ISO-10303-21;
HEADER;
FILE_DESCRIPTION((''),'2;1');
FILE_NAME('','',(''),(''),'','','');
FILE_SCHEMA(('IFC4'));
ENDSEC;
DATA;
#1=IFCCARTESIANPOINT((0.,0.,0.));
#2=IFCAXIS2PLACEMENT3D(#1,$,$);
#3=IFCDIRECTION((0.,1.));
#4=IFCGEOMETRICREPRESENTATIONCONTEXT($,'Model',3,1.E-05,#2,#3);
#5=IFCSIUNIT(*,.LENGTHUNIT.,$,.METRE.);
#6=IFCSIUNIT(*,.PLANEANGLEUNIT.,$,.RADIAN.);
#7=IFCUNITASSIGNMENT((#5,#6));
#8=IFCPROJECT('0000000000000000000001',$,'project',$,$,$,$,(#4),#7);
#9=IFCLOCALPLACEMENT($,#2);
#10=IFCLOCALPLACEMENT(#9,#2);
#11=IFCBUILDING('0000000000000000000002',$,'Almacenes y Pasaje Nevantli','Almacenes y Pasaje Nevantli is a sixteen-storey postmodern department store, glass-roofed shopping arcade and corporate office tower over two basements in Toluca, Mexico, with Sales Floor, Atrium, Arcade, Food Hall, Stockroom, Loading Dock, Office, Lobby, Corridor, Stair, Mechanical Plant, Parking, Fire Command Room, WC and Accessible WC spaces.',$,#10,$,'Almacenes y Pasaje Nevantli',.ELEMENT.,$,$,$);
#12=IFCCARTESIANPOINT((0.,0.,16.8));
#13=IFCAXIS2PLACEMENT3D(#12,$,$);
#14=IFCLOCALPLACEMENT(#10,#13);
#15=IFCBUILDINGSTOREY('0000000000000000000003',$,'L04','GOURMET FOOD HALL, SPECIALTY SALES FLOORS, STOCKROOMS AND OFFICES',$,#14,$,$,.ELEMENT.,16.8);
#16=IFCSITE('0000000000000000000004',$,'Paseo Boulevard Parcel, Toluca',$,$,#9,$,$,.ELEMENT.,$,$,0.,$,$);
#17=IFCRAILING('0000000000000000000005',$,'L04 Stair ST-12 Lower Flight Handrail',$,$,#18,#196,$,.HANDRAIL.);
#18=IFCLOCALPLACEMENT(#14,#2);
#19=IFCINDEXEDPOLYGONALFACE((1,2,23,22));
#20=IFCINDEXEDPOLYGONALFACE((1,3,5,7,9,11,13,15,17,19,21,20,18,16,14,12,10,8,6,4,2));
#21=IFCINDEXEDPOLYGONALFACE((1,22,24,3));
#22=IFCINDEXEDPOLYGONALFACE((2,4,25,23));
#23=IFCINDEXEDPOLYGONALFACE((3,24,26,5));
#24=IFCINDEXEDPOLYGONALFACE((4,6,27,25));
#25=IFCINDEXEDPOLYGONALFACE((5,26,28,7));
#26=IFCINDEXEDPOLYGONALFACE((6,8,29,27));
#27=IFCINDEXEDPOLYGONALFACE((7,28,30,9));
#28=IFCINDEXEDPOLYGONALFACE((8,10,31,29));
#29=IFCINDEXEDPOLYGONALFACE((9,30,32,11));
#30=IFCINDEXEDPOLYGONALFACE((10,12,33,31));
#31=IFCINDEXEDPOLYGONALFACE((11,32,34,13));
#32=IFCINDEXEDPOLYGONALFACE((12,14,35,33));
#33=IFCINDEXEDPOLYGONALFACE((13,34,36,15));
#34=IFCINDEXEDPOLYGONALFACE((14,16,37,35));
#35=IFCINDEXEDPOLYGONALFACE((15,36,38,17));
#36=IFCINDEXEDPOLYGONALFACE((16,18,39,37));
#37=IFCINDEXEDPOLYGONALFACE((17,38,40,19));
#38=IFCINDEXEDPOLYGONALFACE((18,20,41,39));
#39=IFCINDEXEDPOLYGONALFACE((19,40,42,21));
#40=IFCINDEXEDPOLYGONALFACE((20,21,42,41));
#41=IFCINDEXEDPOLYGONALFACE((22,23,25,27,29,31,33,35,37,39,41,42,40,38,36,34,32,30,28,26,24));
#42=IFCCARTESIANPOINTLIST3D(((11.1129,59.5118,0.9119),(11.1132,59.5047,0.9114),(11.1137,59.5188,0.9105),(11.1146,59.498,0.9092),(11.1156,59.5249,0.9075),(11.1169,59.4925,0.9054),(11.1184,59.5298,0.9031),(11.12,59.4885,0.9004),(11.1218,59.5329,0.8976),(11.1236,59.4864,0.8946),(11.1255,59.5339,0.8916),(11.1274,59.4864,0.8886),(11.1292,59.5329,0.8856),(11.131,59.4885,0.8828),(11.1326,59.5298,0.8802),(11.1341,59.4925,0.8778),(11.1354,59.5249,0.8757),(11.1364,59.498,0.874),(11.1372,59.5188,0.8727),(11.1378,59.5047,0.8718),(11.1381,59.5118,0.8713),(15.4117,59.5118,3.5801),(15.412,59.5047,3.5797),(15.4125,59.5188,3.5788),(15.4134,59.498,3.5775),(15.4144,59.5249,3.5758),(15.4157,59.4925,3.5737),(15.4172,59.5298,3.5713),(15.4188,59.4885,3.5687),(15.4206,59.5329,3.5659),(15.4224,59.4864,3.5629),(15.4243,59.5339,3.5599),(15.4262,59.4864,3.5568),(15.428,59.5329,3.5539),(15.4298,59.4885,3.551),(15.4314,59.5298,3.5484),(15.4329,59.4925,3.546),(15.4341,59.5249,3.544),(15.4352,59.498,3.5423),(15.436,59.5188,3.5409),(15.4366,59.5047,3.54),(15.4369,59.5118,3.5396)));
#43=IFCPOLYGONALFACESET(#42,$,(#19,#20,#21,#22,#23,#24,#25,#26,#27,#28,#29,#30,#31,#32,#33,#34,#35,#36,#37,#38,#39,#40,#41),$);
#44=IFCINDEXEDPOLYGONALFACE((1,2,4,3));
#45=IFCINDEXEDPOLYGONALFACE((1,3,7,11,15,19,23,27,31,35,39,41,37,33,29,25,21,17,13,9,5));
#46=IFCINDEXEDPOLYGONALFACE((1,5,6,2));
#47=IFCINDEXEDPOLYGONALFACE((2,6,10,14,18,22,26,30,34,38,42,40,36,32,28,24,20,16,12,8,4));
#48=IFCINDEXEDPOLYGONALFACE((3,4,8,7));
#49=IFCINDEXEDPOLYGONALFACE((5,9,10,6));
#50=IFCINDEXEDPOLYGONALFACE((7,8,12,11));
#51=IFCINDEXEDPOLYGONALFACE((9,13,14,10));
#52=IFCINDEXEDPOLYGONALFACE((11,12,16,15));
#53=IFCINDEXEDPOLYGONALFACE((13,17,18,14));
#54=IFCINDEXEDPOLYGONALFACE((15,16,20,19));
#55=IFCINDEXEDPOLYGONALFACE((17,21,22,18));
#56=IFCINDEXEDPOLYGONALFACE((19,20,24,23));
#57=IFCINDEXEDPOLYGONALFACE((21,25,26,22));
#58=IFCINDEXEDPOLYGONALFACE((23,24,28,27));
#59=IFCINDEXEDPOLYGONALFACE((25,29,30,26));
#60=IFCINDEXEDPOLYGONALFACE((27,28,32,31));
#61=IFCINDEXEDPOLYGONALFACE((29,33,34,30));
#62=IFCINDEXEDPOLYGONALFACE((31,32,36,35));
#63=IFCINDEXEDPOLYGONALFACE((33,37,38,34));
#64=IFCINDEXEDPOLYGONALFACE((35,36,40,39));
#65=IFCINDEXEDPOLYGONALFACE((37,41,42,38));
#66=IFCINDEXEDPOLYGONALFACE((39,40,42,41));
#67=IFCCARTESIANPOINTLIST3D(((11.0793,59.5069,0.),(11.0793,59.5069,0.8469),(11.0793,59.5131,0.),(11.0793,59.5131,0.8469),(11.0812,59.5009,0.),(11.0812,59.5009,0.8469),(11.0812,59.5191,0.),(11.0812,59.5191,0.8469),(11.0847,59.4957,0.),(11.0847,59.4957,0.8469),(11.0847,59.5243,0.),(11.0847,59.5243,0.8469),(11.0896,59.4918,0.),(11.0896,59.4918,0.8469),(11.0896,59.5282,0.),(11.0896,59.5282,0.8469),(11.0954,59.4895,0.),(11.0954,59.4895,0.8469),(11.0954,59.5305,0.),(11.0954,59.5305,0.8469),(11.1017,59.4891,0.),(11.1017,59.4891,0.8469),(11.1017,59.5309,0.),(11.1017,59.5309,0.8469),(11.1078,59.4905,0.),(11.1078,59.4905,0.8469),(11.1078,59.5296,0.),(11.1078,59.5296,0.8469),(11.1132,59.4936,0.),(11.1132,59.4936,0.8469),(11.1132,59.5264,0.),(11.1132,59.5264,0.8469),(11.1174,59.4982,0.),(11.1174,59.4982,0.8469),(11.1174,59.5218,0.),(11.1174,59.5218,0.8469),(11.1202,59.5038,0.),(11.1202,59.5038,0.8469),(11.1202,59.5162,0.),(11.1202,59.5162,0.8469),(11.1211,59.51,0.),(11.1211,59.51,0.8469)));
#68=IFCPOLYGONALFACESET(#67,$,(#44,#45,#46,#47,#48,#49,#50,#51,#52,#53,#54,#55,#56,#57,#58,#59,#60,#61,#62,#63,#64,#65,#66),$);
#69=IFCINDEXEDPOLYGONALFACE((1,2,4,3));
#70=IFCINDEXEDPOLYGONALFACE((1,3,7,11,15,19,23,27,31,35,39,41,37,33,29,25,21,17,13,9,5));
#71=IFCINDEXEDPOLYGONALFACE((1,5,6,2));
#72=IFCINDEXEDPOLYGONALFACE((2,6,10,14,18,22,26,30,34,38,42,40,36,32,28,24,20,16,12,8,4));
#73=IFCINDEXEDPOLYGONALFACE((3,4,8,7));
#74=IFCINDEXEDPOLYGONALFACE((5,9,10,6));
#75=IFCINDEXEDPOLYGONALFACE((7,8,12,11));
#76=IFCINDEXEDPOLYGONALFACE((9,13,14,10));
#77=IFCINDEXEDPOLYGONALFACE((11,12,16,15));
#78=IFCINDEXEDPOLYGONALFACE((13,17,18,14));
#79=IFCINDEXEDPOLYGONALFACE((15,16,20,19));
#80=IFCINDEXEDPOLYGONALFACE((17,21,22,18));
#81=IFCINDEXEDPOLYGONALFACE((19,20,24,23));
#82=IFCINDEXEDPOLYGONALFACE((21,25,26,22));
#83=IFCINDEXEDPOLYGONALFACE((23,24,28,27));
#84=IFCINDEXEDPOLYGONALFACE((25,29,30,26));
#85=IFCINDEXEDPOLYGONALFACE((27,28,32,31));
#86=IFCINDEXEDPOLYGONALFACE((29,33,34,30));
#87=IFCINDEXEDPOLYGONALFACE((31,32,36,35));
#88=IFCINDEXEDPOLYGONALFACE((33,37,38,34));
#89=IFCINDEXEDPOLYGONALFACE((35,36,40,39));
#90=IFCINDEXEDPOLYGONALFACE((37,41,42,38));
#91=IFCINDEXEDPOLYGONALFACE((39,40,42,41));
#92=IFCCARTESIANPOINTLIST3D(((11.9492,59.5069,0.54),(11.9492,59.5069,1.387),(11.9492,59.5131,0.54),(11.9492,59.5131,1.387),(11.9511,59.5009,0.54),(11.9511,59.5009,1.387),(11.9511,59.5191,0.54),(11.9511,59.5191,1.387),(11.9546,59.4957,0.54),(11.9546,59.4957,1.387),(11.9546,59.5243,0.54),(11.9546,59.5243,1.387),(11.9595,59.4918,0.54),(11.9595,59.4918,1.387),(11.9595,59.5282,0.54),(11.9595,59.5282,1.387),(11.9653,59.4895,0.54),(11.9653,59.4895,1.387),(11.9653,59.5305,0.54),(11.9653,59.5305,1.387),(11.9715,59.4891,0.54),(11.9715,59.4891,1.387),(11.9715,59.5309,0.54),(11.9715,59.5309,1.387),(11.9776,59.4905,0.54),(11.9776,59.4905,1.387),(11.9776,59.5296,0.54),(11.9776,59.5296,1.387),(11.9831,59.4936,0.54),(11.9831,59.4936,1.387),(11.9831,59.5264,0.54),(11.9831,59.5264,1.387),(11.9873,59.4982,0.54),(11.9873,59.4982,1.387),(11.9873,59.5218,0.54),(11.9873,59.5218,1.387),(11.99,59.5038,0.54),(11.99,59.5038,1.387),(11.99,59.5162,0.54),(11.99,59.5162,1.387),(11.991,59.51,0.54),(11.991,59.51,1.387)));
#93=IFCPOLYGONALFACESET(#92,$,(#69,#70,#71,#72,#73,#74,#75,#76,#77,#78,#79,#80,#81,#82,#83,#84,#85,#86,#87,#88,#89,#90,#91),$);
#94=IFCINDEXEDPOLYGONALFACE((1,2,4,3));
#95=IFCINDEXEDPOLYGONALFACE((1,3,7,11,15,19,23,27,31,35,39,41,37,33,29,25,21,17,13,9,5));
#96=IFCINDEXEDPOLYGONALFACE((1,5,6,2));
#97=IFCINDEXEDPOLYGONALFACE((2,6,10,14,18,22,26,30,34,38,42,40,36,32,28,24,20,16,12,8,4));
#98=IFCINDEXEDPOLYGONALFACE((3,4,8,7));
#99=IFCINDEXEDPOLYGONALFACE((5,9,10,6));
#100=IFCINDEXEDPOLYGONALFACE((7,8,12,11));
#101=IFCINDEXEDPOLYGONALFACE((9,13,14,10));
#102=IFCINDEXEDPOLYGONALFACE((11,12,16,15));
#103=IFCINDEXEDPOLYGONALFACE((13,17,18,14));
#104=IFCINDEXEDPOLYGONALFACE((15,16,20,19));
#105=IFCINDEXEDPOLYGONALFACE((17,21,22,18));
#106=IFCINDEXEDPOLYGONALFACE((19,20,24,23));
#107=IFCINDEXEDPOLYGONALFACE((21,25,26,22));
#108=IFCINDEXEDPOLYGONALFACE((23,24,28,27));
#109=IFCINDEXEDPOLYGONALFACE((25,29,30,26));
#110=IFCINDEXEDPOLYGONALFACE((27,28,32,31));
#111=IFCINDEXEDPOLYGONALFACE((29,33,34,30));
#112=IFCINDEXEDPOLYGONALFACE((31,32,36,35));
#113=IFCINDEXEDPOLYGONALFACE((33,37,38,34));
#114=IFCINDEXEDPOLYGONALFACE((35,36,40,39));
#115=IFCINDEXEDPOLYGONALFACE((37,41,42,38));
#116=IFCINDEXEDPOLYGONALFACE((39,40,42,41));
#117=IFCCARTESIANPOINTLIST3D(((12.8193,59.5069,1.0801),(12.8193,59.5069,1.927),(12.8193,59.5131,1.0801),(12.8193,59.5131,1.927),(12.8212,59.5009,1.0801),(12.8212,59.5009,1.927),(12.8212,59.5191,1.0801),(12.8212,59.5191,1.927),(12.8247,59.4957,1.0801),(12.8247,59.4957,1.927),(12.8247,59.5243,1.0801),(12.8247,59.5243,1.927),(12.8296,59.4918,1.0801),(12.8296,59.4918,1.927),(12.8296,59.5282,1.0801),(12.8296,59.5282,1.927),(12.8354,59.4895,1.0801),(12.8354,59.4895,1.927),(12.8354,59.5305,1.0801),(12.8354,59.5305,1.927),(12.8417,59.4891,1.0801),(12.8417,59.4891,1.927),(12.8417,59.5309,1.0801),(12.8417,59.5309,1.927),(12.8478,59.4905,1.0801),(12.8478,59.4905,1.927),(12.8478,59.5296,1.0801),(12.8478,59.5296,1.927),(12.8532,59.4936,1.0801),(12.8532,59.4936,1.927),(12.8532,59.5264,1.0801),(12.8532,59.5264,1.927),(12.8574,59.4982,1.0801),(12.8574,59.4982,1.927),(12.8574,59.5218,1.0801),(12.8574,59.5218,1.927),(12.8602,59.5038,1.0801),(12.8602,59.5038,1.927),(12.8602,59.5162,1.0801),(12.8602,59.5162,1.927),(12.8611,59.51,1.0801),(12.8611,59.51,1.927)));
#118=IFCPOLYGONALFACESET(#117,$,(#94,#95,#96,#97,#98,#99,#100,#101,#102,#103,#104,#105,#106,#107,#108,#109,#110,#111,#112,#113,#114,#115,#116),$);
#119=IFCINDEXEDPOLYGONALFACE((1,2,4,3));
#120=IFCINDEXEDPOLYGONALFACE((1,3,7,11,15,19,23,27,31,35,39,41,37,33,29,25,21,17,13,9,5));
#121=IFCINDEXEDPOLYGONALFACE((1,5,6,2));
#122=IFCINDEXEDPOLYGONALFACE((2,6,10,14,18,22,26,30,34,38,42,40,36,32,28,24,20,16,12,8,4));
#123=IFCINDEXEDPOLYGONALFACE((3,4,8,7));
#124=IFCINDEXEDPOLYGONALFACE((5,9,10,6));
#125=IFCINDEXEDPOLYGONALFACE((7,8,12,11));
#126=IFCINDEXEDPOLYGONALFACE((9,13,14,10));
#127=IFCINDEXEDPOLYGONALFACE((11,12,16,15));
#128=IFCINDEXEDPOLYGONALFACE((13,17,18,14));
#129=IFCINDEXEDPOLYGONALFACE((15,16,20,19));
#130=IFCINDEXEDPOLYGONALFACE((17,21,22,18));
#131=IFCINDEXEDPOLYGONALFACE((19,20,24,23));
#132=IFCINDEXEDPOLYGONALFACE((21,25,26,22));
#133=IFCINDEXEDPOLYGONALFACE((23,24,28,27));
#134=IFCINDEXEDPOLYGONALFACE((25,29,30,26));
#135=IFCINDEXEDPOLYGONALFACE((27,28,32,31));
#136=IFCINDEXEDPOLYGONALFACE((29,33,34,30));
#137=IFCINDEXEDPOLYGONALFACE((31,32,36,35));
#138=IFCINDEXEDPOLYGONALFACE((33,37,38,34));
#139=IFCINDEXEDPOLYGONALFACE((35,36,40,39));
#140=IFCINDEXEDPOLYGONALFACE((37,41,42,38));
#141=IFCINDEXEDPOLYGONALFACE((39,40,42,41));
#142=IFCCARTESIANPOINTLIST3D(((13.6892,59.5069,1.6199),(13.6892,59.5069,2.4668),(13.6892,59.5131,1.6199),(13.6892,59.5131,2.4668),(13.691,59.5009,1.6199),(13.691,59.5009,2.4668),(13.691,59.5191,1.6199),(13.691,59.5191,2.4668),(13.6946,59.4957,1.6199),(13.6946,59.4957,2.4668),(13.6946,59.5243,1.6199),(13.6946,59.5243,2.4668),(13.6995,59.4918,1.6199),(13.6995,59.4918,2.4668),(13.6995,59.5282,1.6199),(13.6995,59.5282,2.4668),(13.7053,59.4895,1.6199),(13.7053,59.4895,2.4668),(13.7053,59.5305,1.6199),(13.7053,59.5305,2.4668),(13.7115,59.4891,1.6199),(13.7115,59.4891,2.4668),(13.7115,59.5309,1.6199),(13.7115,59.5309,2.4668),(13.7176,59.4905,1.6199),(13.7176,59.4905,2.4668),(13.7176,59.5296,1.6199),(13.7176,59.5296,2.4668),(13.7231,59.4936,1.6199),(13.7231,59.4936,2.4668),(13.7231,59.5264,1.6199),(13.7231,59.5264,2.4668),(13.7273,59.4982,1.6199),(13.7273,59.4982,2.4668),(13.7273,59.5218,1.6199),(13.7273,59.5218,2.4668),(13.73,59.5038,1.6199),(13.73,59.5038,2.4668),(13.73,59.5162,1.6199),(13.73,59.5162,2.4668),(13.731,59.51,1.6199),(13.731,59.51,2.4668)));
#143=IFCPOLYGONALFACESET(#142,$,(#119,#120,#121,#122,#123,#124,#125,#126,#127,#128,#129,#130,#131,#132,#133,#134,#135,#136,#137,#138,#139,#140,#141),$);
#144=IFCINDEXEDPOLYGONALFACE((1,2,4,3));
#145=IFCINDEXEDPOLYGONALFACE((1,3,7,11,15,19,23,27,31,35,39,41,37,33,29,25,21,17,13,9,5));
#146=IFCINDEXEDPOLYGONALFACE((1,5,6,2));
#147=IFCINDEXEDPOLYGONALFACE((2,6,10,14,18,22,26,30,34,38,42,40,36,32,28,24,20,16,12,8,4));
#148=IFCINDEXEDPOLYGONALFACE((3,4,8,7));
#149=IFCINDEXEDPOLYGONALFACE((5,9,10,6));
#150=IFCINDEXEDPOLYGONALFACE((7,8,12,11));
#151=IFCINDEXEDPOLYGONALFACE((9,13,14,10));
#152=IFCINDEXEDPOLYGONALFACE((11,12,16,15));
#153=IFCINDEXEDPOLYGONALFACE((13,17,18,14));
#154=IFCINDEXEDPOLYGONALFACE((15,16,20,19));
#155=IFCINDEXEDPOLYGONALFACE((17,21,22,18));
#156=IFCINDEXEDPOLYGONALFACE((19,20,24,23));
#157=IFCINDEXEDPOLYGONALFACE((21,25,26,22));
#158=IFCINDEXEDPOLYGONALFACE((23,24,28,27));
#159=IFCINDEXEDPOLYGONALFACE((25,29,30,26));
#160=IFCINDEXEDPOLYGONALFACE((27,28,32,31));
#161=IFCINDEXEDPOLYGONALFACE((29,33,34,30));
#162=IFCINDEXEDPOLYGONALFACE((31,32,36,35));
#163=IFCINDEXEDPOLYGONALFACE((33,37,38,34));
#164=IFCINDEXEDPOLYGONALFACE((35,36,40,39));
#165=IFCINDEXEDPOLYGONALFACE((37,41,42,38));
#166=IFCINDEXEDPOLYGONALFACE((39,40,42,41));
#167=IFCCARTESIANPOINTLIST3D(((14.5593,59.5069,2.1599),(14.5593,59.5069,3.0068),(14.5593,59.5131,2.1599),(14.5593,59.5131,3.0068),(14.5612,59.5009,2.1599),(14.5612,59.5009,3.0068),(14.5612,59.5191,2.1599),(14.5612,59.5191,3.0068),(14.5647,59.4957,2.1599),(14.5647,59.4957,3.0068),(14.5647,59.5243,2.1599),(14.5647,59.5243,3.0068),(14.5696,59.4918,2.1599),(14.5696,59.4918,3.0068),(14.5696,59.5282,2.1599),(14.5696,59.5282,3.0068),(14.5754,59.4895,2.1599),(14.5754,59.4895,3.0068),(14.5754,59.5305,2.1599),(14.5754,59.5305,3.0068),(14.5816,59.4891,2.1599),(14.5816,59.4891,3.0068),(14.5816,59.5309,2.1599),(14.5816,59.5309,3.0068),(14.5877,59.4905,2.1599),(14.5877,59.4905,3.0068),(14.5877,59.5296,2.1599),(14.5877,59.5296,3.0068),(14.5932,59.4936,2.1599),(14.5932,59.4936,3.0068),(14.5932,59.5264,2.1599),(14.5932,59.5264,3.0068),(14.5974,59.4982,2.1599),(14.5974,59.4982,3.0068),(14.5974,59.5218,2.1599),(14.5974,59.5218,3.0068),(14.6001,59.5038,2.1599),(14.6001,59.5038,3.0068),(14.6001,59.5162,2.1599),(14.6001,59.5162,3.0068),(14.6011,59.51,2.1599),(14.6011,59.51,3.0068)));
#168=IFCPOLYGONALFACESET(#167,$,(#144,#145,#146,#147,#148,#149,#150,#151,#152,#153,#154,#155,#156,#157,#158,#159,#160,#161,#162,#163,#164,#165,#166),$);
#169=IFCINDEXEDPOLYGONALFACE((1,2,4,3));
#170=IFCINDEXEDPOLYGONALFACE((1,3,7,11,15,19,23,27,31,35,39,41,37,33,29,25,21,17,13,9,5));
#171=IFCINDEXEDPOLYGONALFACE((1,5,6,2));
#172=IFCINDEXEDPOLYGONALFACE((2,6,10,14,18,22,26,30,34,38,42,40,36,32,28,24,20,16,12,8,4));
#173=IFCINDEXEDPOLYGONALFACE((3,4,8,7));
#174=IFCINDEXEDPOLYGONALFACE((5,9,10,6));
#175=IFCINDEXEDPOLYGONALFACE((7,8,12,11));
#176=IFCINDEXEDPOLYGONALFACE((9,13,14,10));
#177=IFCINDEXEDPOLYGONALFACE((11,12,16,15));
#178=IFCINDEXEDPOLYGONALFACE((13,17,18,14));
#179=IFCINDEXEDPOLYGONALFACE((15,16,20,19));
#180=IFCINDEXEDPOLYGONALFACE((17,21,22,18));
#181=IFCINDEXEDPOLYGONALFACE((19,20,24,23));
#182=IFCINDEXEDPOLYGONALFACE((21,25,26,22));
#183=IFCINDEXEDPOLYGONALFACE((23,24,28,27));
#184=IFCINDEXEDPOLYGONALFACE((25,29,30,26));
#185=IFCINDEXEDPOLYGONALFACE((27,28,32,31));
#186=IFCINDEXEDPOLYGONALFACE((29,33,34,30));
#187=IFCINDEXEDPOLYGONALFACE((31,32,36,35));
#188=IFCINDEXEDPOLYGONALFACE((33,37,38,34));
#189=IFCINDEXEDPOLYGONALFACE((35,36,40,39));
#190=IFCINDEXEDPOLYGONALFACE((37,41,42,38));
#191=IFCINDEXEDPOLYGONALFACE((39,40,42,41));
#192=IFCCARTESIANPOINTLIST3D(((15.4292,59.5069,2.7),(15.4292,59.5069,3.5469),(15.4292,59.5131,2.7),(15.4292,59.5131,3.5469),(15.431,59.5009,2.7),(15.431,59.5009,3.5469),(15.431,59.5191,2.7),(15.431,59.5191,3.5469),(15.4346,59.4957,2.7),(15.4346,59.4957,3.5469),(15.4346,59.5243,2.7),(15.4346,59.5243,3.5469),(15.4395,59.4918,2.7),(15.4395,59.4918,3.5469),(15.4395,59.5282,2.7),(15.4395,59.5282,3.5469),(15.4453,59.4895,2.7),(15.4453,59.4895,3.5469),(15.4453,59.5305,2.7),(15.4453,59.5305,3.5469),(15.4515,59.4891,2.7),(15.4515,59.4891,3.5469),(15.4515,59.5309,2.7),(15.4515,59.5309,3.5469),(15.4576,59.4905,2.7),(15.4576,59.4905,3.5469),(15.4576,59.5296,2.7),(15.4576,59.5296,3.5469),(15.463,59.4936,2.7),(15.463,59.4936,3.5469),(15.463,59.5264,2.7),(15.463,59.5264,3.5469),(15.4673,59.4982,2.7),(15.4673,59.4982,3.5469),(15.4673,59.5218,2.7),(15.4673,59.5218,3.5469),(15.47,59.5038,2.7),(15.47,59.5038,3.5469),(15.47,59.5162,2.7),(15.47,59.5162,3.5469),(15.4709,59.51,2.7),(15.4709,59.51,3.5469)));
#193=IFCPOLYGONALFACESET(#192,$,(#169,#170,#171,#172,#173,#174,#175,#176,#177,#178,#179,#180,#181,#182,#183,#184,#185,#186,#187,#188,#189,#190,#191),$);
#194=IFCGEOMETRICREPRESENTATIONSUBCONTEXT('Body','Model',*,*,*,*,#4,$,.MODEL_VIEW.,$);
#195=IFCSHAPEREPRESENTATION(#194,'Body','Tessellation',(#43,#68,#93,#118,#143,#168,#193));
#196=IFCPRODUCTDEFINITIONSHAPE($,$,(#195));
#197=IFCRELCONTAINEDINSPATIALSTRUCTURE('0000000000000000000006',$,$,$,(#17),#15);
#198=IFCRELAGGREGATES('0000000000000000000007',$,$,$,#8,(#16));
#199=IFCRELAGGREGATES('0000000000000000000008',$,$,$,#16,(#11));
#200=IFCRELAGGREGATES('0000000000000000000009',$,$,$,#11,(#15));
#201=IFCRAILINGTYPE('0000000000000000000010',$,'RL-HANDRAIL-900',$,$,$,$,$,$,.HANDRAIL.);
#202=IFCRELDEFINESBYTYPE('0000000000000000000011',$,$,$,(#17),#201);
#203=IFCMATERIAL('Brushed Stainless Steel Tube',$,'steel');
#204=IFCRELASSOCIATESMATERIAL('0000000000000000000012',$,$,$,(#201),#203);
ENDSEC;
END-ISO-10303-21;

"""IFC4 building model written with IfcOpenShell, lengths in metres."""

from ifc_helpers import new_model, si_unit, direction, frame, origin, origin_2d, place, context, subcontext, project, spatial, circle, extrude, material, type_object, element, save


model = new_model("IFC4")

# Units and contexts
model_context = context("Model", 3, precision=1e-05, world=origin(), true_north=direction((0.0, 1.0)))
body_context = subcontext(model_context, "Body", "Model", "MODEL_VIEW")
ifc_project = project(units=[si_unit("LENGTHUNIT", "METRE"), si_unit("PLANEANGLEUNIT", "RADIAN")], contexts=[model_context])

# Site, building, storey
site_placement = place(None, origin())
site = spatial("IfcSite", under=ifc_project, at=site_placement, Name="Paseo Boulevard Parcel, Toluca", CompositionType="ELEMENT", RefElevation=0.0)
building_placement = place(site_placement, origin())
building = spatial("IfcBuilding", under=site, at=building_placement, Name="Almacenes y Pasaje Nevantli", Description="Almacenes y Pasaje Nevantli is a sixteen-storey postmodern department store, glass-roofed shopping arcade and corporate office tower over two basements in Toluca, Mexico, with Sales Floor, Atrium, Arcade, Food Hall, Stockroom, Loading Dock, Office, Lobby, Corridor, Stair, Mechanical Plant, Parking, Fire Command Room, WC and Accessible WC spaces.", LongName="Almacenes y Pasaje Nevantli", CompositionType="ELEMENT")
storey_placement = place(building_placement, frame((0.0, 0.0, 16.8)))
storey = spatial("IfcBuildingStorey", under=building, at=storey_placement, Name="L04", Description="GOURMET FOOD HALL, SPECIALTY SALES FLOORS, STOCKROOMS AND OFFICES", CompositionType="ELEMENT", Elevation=16.8)

# Railing
ifc_material_1 = material(Name="Brushed Stainless Steel Tube", Category="steel")
railing_type_1 = type_object("IfcRailingType", Name="RL-HANDRAIL-900", PredefinedType="HANDRAIL", material=ifc_material_1)
railing_1_placement = place(storey_placement, frame((11.1001, 59.51, 0.0)))
element("IfcRailing", 1, at=railing_1_placement, inside=storey, type_object=railing_type_1, Name="L04 Stair ST-12 Lower Flight Handrail", PredefinedType="HANDRAIL", context=body_context, shape_type="SweptSolid", body=[
    extrude(circle(Radius=0.0239, at=origin_2d()), frame((0.0254, 0.0, 0.8916), z_axis=(0.849636, 0.0, 0.527369), x_axis=(0.0, 1.0, 0.0)), (0.0, 0.0, 1.0), 5.0596),
    extrude(circle(Radius=0.021, at=origin_2d()), origin(), (0.0, 0.0, 1.0), 0.8469),
    extrude(circle(Radius=0.021, at=origin_2d()), frame((0.8699, 0.0, 0.54)), (0.0, 0.0, 1.0), 0.8469),
    extrude(circle(Radius=0.021, at=origin_2d()), frame((1.74, 0.0, 1.0801)), (0.0, 0.0, 1.0), 0.8469),
    extrude(circle(Radius=0.021, at=origin_2d()), frame((2.6099, 0.0, 1.6199)), (0.0, 0.0, 1.0), 0.8469),
    extrude(circle(Radius=0.021, at=origin_2d()), frame((3.48, 0.0, 2.1599)), (0.0, 0.0, 1.0), 0.8469),
    extrude(circle(Radius=0.021, at=origin_2d()), frame((4.3499, 0.0, 2.7)), (0.0, 0.0, 1.0), 0.8469),
])

save(model, "model.ifc")
